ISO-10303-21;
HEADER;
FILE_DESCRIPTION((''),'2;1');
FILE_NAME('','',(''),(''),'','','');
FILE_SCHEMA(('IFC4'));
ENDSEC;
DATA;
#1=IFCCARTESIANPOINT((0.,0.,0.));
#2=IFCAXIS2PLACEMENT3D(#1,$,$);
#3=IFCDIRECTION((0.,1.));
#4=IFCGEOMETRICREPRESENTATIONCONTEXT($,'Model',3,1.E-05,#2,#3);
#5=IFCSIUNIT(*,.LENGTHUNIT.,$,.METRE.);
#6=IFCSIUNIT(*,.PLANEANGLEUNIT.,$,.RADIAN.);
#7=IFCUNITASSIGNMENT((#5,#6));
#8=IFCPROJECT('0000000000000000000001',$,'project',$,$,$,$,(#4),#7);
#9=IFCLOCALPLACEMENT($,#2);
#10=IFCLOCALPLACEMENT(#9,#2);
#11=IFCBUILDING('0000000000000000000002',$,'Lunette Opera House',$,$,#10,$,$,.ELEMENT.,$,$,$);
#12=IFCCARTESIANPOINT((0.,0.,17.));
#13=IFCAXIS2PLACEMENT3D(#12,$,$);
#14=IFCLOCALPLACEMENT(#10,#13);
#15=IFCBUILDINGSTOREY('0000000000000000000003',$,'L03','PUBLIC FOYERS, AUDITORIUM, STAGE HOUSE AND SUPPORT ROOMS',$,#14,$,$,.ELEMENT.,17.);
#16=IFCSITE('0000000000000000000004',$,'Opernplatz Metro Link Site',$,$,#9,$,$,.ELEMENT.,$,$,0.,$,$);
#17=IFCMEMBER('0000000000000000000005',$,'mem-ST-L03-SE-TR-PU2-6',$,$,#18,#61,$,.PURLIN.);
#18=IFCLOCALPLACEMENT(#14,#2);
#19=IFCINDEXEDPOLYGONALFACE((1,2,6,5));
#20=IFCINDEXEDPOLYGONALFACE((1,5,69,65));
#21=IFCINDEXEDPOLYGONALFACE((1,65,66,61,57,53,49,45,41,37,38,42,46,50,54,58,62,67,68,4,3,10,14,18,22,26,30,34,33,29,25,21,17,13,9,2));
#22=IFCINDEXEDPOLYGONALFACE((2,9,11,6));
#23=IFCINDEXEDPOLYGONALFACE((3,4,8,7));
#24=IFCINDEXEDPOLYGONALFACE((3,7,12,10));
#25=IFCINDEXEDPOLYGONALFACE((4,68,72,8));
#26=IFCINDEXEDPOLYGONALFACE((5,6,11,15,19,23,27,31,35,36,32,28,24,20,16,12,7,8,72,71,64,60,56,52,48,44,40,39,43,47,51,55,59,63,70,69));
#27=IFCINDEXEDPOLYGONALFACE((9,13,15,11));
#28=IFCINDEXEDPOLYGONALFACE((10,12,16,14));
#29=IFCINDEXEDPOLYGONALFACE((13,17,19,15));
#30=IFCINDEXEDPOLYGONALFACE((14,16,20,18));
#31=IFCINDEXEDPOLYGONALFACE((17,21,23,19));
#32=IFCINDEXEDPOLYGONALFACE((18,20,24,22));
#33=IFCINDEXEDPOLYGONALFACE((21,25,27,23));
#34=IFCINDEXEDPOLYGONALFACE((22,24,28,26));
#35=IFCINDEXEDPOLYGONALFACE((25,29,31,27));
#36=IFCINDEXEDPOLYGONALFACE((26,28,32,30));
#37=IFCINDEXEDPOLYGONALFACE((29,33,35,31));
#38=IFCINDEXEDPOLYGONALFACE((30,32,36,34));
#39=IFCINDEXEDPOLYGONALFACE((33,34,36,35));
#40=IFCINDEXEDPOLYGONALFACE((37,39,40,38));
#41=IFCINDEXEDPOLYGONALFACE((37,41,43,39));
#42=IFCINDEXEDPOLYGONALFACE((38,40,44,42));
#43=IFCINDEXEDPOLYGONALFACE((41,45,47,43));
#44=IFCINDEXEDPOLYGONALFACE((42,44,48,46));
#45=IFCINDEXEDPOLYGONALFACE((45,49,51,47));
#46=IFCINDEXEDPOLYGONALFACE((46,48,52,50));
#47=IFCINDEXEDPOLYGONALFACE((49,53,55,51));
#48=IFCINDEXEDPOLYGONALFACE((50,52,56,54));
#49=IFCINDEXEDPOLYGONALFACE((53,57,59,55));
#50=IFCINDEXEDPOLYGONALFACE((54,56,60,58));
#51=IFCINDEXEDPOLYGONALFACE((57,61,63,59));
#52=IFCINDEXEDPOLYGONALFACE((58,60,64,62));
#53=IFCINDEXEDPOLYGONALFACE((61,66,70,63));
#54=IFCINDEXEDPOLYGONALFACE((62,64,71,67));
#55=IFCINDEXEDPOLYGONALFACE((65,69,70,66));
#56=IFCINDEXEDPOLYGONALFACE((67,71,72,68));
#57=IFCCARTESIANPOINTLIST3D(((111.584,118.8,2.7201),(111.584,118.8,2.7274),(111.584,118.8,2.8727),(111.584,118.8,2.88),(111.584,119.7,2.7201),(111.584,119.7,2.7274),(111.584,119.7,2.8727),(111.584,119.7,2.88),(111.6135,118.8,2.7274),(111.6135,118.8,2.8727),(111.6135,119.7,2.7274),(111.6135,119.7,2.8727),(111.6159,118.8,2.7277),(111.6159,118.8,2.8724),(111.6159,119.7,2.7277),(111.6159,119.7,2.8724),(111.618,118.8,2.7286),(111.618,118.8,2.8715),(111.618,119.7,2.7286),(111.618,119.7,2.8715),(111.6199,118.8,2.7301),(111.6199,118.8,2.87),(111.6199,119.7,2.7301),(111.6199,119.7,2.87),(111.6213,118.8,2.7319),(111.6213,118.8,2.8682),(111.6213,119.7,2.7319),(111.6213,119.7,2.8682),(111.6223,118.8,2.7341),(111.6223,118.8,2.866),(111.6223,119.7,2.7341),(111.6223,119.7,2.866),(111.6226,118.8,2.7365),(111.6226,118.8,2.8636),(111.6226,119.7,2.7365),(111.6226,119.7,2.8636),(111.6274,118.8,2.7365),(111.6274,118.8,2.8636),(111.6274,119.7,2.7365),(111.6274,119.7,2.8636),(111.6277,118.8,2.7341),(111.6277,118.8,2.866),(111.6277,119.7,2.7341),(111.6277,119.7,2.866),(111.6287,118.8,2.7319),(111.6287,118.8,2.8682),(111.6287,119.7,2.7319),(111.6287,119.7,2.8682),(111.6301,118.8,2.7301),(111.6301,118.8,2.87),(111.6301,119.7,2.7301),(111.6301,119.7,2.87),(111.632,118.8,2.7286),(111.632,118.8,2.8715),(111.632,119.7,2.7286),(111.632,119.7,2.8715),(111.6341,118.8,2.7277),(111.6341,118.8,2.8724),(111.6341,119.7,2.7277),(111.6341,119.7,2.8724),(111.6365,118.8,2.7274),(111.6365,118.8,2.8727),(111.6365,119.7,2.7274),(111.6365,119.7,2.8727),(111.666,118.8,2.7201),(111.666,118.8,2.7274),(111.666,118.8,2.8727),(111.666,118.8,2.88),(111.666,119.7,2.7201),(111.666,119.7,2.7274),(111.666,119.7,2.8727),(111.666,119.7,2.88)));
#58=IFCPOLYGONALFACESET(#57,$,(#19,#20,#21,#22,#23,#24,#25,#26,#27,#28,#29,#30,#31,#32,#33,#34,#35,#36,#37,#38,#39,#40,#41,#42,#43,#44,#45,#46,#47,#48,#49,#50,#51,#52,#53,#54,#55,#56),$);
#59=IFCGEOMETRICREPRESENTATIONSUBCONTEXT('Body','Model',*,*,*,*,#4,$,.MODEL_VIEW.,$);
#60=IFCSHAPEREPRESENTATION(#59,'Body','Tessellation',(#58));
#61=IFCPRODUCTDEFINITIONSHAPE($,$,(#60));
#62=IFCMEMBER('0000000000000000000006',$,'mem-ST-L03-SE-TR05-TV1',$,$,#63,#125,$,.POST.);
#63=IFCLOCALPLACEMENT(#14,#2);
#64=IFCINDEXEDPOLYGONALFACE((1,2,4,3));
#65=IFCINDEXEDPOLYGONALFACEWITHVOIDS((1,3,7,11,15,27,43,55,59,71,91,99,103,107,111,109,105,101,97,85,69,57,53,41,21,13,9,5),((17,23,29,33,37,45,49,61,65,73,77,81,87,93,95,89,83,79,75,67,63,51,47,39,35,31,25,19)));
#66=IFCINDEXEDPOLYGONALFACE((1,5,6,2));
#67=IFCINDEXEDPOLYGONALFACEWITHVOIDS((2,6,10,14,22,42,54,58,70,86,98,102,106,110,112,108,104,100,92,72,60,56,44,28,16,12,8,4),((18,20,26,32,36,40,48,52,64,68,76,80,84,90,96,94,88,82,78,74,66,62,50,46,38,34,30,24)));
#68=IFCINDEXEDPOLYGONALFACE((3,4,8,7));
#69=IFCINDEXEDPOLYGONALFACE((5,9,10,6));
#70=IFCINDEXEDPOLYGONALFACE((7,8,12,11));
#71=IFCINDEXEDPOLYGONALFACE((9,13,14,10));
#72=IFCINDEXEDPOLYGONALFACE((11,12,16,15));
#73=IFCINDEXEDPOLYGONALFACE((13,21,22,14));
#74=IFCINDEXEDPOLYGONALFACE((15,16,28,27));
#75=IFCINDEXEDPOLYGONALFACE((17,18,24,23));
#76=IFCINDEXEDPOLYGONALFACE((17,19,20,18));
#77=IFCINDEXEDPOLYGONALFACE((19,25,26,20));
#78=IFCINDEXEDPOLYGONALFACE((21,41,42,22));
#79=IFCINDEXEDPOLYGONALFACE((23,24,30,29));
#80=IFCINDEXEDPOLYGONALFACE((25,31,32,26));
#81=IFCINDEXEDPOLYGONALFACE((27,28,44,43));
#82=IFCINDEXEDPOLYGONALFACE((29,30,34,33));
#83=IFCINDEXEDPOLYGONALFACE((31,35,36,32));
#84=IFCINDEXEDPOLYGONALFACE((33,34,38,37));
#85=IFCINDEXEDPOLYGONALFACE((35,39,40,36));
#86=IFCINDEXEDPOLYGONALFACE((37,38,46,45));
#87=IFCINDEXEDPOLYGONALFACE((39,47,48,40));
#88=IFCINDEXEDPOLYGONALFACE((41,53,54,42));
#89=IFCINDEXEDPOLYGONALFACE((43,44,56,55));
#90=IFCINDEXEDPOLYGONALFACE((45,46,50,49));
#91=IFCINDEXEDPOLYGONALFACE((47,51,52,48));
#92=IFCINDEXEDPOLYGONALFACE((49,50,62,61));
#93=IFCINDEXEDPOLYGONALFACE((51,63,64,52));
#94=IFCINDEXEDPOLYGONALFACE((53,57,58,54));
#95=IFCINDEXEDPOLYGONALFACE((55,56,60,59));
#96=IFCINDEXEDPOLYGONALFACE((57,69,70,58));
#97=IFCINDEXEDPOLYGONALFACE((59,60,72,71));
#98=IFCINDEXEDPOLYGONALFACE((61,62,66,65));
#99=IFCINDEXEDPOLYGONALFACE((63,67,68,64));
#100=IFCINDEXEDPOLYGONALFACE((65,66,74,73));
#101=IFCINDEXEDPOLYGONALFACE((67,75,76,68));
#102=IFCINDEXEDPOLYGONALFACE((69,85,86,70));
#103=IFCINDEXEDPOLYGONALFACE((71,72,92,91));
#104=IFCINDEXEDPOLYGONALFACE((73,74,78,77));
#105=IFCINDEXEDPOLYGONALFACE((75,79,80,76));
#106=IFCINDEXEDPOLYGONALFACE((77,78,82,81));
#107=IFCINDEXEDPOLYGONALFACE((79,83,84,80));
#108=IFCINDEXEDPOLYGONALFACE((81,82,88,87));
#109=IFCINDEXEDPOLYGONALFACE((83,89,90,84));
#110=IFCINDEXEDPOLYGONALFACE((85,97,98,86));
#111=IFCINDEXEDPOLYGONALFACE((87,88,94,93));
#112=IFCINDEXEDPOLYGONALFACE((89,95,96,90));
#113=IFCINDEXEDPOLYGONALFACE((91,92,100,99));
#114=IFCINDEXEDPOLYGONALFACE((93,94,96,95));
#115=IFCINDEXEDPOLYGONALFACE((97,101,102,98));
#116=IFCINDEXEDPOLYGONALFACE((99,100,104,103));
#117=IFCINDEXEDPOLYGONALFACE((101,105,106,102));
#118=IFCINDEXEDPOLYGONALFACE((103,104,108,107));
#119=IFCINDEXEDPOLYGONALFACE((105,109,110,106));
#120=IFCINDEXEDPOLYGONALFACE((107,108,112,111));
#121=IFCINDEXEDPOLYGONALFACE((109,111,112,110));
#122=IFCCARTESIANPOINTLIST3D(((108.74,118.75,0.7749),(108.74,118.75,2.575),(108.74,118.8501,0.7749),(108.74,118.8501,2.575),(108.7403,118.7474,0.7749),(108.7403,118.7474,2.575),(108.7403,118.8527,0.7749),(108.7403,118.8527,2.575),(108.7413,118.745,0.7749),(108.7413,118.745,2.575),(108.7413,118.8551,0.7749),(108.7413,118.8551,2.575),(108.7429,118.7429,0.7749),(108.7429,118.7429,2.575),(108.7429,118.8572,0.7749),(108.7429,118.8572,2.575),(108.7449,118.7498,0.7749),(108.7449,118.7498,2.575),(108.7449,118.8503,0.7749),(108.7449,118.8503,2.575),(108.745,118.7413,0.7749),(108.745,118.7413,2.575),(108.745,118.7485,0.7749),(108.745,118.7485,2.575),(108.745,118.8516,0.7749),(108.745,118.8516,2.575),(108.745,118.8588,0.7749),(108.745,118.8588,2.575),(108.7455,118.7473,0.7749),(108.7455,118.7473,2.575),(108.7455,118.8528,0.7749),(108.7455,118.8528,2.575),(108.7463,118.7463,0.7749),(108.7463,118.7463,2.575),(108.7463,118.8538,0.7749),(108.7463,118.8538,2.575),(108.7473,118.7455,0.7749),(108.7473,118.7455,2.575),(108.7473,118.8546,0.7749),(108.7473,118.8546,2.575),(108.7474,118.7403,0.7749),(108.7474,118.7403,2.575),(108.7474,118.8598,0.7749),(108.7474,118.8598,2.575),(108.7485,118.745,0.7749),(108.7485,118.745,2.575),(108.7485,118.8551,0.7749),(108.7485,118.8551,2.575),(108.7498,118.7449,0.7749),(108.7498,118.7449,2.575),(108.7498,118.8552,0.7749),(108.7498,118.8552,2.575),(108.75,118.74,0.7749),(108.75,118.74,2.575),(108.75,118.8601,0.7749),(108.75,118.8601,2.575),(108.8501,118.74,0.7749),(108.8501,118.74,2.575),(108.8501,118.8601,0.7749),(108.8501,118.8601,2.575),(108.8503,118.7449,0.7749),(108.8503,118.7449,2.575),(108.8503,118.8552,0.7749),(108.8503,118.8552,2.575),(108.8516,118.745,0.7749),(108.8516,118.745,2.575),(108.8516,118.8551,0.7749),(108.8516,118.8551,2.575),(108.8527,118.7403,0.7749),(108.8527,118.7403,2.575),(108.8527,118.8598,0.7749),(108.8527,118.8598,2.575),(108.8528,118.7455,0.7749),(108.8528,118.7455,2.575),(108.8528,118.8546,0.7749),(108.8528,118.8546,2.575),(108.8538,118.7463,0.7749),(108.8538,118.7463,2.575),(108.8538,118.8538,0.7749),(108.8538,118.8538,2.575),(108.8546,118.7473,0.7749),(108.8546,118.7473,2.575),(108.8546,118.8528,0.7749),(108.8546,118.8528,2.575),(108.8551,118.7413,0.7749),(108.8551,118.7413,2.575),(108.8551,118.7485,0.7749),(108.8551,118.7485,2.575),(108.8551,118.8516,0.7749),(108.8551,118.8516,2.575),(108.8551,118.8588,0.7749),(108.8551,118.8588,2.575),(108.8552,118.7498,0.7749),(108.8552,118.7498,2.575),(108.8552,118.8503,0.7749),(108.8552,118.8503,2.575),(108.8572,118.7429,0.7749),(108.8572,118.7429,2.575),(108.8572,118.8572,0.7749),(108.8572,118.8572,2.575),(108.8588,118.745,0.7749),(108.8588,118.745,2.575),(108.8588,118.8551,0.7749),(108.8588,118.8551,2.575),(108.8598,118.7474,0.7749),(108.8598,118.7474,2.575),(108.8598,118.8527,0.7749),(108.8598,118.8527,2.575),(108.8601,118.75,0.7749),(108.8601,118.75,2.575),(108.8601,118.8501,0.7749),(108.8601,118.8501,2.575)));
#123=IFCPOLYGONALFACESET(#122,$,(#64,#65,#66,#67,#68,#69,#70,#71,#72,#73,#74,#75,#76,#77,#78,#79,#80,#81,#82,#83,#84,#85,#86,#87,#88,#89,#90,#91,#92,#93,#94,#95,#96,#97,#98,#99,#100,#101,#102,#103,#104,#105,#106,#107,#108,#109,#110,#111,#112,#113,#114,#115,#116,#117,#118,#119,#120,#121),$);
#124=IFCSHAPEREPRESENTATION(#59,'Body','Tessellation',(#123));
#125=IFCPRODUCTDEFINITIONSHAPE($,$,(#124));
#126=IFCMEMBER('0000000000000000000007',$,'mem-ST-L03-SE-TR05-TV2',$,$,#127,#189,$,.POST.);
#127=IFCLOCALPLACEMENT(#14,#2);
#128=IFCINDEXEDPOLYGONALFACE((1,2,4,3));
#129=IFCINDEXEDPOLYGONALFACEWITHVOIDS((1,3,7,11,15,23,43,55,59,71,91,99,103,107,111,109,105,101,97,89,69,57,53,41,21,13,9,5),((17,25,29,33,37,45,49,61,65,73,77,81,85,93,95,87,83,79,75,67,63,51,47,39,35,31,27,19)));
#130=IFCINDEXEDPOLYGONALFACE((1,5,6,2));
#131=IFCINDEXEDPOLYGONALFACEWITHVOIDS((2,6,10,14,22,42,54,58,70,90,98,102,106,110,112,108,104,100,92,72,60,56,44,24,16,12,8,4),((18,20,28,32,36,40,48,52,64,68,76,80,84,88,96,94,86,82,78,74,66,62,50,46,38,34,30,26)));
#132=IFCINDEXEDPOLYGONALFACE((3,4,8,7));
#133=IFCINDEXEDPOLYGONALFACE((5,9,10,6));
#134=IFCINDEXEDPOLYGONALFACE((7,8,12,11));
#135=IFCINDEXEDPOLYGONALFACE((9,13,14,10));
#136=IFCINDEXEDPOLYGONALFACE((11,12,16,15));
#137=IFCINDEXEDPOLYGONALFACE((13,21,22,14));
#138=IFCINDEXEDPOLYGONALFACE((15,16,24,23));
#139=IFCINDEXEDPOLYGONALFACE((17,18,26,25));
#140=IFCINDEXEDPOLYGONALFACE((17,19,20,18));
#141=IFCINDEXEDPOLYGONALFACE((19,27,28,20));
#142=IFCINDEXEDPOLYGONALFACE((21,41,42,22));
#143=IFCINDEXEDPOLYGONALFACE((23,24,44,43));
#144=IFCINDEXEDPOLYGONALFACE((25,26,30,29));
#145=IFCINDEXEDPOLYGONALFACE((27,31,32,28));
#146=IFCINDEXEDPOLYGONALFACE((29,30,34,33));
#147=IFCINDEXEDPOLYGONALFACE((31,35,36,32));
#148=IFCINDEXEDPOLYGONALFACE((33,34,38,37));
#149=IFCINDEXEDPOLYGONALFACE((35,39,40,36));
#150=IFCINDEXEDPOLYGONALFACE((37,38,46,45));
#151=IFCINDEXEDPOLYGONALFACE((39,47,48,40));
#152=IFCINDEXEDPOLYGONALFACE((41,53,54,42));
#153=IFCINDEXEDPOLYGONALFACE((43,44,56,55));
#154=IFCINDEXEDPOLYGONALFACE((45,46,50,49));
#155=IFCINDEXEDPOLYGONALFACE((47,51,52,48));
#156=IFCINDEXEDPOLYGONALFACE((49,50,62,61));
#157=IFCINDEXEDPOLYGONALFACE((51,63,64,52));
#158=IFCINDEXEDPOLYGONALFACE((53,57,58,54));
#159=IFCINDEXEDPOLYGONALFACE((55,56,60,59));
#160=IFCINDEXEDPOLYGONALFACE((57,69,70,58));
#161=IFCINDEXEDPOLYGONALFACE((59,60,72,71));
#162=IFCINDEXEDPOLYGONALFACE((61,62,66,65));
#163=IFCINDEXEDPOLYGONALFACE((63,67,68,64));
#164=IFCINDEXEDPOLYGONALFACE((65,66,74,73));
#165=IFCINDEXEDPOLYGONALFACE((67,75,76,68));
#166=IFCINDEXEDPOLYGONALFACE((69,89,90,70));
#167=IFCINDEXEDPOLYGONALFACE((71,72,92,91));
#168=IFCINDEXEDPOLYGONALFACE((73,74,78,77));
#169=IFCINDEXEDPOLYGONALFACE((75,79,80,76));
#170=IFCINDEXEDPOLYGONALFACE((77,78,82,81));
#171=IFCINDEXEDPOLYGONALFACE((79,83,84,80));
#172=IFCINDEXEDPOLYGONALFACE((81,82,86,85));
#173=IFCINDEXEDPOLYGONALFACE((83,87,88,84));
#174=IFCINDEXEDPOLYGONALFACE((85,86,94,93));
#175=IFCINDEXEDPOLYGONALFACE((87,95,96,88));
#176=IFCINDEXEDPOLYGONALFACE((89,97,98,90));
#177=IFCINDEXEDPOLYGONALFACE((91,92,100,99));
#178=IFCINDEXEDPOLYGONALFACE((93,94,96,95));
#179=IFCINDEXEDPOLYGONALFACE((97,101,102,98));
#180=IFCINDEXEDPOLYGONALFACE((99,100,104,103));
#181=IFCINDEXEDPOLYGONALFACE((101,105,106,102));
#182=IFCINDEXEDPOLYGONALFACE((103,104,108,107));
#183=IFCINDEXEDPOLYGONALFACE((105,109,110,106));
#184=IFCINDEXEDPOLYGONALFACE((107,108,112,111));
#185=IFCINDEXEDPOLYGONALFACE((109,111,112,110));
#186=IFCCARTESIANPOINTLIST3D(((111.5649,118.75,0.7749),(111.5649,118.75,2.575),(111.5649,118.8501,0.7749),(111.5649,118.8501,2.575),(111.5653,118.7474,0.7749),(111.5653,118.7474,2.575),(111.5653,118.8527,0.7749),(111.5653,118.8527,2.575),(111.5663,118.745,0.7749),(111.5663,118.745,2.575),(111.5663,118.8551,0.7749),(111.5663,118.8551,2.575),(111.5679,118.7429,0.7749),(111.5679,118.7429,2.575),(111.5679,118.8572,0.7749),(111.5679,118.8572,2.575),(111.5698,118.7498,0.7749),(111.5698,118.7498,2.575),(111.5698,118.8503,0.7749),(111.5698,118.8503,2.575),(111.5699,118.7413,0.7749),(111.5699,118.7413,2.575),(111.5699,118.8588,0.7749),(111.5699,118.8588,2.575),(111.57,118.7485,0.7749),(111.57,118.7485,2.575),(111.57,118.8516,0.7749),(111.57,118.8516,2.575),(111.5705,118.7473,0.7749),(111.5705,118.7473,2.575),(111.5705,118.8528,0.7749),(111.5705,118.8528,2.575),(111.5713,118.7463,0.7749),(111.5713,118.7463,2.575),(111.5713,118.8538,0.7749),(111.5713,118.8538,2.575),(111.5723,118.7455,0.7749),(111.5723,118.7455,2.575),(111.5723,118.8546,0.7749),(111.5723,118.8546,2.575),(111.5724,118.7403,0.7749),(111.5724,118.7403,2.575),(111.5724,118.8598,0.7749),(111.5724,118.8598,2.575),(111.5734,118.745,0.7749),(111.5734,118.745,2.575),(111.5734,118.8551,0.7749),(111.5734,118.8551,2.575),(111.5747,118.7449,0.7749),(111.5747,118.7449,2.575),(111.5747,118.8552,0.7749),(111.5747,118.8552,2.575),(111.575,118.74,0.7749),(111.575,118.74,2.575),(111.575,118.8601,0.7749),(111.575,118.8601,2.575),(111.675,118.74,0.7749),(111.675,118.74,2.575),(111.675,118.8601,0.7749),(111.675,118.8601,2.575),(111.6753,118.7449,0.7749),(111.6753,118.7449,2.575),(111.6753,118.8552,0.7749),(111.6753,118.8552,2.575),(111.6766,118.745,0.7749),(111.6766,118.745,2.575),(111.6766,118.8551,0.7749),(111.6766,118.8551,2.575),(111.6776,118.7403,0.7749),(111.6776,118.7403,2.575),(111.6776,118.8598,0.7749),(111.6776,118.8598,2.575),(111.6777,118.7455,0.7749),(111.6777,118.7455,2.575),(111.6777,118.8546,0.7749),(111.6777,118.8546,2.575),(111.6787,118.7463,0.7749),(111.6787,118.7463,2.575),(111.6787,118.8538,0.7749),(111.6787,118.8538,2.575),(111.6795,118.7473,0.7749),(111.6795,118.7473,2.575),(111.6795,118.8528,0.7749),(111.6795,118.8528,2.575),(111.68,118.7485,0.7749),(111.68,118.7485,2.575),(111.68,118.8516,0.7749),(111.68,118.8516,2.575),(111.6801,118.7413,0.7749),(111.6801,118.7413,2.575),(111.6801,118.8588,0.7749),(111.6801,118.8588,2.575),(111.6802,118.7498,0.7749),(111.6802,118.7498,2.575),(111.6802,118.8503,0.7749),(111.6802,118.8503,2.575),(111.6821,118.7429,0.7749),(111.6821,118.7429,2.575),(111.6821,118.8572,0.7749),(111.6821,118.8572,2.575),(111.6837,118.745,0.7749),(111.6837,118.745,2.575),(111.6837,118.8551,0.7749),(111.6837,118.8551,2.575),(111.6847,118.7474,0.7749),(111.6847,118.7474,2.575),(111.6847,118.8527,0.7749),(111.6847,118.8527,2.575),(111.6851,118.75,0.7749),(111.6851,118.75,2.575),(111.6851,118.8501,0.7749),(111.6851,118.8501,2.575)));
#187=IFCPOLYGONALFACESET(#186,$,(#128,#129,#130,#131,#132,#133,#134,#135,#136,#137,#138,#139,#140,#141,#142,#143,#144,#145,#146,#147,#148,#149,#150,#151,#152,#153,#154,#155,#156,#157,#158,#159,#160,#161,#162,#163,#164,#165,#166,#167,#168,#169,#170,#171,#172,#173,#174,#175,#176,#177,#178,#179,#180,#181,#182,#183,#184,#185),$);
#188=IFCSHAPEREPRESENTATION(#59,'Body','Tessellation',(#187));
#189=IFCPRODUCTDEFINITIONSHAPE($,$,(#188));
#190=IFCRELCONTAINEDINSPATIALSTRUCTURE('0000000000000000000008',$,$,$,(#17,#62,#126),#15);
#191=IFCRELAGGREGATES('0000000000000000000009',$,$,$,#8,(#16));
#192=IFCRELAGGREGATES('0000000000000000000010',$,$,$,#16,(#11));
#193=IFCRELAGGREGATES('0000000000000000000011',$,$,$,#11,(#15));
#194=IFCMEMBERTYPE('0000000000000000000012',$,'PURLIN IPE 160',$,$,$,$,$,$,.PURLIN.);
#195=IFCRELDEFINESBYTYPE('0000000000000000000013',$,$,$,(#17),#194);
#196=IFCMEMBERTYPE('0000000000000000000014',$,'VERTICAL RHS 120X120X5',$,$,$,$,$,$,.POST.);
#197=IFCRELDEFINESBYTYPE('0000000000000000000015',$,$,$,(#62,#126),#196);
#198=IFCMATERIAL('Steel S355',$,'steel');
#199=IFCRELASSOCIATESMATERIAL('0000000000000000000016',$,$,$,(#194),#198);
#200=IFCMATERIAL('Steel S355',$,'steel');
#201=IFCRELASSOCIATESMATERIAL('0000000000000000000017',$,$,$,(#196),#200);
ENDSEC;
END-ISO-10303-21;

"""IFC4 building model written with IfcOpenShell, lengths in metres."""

from ifc_helpers import new_model, si_unit, direction, frame, origin, origin_2d, place, context, subcontext, project, spatial, hollow_rectangle, i_section, extrude, material, material_profile, profile_set, type_object, element, save


model = new_model("IFC4")

# Units and contexts
model_context = context("Model", 3, precision=1e-05, world=origin(), true_north=direction((0.0, 1.0)))
body_context = subcontext(model_context, "Body", "Model", "MODEL_VIEW")
ifc_project = project(units=[si_unit("LENGTHUNIT", "METRE"), si_unit("PLANEANGLEUNIT", "RADIAN")], contexts=[model_context])

# Site, building, storey
site_placement = place(None, origin())
site = spatial("IfcSite", under=ifc_project, at=site_placement, Name="Opernplatz Metro Link Site", CompositionType="ELEMENT", RefElevation=0.0)
building_placement = place(site_placement, origin())
building = spatial("IfcBuilding", under=site, at=building_placement, Name="Lunette Opera House", CompositionType="ELEMENT")
storey_placement = place(building_placement, frame((0.0, 0.0, 17.0)))
storey = spatial("IfcBuildingStorey", under=building, at=storey_placement, Name="L03", Description="PUBLIC FOYERS, AUDITORIUM, STAGE HOUSE AND SUPPORT ROOMS", CompositionType="ELEMENT", Elevation=17.0)

# Members
ifc_material_1 = material(Name="Steel S355", Category="steel")
ifc_material_profile_1 = material_profile(ifc_material_1, i_section(OverallWidth=0.082, OverallDepth=0.1599, WebThickness=0.0049, FlangeThickness=0.0073, FilletRadius=0.009, at=origin_2d()), Name="IPE 160")
ifc_profile_set_1 = profile_set([ifc_material_profile_1], Name="Steel S355")
member_type_1 = type_object("IfcMemberType", Name="PURLIN IPE 160", PredefinedType="PURLIN", material=ifc_profile_set_1)
for number, where, z_axis, x_axis, name in (
    (1, (111.625, 118.8, 2.8), (0.0, 1.0, 0.0), (-1.0, 0.0, 0.0), "mem-ST-L03-SE-TR-PU2-6"),
):
    element("IfcMember", number, at=place(storey_placement, frame(where, z_axis=z_axis, x_axis=x_axis)), inside=storey, type_object=member_type_1, Name=name, PredefinedType="PURLIN", context=body_context, shape_type="SweptSolid", body=[
        extrude(i_section(OverallWidth=0.082, OverallDepth=0.1599, WebThickness=0.0049, FlangeThickness=0.0073, FilletRadius=0.009, at=origin_2d()), origin(), (0.0, 0.0, 1.0), 0.8999),
    ])
ifc_material_2 = material(Name="Steel S355", Category="steel")
ifc_material_profile_2 = material_profile(ifc_material_2, hollow_rectangle(XDim=0.1201, YDim=0.1201, WallThickness=0.0049, InnerFilletRadius=0.0049, OuterFilletRadius=0.01, at=origin_2d()), Name="RHS 120X120X5")
ifc_profile_set_2 = profile_set([ifc_material_profile_2], Name="Steel S355")
member_type_2 = type_object("IfcMemberType", Name="VERTICAL RHS 120X120X5", PredefinedType="POST", material=ifc_profile_set_2)
for number, where, z_axis, x_axis, name in (
    (2, (108.8, 118.8, 0.7749), (0.0, 0.0, 1.0), (1.0, 0.0, 0.0), "mem-ST-L03-SE-TR05-TV1"),
    (3, (111.625, 118.8, 0.7749), (0.0, 0.0, 1.0), (1.0, 0.0, 0.0), "mem-ST-L03-SE-TR05-TV2"),
):
    element("IfcMember", number, at=place(storey_placement, frame(where, z_axis=z_axis, x_axis=x_axis)), inside=storey, type_object=member_type_2, Name=name, PredefinedType="POST", context=body_context, shape_type="SweptSolid", body=[
        extrude(hollow_rectangle(XDim=0.1201, YDim=0.1201, WallThickness=0.0049, InnerFilletRadius=0.0049, OuterFilletRadius=0.01, at=origin_2d()), origin(), (0.0, 0.0, 1.0), 1.8),
    ])

save(model, "model.ifc")
